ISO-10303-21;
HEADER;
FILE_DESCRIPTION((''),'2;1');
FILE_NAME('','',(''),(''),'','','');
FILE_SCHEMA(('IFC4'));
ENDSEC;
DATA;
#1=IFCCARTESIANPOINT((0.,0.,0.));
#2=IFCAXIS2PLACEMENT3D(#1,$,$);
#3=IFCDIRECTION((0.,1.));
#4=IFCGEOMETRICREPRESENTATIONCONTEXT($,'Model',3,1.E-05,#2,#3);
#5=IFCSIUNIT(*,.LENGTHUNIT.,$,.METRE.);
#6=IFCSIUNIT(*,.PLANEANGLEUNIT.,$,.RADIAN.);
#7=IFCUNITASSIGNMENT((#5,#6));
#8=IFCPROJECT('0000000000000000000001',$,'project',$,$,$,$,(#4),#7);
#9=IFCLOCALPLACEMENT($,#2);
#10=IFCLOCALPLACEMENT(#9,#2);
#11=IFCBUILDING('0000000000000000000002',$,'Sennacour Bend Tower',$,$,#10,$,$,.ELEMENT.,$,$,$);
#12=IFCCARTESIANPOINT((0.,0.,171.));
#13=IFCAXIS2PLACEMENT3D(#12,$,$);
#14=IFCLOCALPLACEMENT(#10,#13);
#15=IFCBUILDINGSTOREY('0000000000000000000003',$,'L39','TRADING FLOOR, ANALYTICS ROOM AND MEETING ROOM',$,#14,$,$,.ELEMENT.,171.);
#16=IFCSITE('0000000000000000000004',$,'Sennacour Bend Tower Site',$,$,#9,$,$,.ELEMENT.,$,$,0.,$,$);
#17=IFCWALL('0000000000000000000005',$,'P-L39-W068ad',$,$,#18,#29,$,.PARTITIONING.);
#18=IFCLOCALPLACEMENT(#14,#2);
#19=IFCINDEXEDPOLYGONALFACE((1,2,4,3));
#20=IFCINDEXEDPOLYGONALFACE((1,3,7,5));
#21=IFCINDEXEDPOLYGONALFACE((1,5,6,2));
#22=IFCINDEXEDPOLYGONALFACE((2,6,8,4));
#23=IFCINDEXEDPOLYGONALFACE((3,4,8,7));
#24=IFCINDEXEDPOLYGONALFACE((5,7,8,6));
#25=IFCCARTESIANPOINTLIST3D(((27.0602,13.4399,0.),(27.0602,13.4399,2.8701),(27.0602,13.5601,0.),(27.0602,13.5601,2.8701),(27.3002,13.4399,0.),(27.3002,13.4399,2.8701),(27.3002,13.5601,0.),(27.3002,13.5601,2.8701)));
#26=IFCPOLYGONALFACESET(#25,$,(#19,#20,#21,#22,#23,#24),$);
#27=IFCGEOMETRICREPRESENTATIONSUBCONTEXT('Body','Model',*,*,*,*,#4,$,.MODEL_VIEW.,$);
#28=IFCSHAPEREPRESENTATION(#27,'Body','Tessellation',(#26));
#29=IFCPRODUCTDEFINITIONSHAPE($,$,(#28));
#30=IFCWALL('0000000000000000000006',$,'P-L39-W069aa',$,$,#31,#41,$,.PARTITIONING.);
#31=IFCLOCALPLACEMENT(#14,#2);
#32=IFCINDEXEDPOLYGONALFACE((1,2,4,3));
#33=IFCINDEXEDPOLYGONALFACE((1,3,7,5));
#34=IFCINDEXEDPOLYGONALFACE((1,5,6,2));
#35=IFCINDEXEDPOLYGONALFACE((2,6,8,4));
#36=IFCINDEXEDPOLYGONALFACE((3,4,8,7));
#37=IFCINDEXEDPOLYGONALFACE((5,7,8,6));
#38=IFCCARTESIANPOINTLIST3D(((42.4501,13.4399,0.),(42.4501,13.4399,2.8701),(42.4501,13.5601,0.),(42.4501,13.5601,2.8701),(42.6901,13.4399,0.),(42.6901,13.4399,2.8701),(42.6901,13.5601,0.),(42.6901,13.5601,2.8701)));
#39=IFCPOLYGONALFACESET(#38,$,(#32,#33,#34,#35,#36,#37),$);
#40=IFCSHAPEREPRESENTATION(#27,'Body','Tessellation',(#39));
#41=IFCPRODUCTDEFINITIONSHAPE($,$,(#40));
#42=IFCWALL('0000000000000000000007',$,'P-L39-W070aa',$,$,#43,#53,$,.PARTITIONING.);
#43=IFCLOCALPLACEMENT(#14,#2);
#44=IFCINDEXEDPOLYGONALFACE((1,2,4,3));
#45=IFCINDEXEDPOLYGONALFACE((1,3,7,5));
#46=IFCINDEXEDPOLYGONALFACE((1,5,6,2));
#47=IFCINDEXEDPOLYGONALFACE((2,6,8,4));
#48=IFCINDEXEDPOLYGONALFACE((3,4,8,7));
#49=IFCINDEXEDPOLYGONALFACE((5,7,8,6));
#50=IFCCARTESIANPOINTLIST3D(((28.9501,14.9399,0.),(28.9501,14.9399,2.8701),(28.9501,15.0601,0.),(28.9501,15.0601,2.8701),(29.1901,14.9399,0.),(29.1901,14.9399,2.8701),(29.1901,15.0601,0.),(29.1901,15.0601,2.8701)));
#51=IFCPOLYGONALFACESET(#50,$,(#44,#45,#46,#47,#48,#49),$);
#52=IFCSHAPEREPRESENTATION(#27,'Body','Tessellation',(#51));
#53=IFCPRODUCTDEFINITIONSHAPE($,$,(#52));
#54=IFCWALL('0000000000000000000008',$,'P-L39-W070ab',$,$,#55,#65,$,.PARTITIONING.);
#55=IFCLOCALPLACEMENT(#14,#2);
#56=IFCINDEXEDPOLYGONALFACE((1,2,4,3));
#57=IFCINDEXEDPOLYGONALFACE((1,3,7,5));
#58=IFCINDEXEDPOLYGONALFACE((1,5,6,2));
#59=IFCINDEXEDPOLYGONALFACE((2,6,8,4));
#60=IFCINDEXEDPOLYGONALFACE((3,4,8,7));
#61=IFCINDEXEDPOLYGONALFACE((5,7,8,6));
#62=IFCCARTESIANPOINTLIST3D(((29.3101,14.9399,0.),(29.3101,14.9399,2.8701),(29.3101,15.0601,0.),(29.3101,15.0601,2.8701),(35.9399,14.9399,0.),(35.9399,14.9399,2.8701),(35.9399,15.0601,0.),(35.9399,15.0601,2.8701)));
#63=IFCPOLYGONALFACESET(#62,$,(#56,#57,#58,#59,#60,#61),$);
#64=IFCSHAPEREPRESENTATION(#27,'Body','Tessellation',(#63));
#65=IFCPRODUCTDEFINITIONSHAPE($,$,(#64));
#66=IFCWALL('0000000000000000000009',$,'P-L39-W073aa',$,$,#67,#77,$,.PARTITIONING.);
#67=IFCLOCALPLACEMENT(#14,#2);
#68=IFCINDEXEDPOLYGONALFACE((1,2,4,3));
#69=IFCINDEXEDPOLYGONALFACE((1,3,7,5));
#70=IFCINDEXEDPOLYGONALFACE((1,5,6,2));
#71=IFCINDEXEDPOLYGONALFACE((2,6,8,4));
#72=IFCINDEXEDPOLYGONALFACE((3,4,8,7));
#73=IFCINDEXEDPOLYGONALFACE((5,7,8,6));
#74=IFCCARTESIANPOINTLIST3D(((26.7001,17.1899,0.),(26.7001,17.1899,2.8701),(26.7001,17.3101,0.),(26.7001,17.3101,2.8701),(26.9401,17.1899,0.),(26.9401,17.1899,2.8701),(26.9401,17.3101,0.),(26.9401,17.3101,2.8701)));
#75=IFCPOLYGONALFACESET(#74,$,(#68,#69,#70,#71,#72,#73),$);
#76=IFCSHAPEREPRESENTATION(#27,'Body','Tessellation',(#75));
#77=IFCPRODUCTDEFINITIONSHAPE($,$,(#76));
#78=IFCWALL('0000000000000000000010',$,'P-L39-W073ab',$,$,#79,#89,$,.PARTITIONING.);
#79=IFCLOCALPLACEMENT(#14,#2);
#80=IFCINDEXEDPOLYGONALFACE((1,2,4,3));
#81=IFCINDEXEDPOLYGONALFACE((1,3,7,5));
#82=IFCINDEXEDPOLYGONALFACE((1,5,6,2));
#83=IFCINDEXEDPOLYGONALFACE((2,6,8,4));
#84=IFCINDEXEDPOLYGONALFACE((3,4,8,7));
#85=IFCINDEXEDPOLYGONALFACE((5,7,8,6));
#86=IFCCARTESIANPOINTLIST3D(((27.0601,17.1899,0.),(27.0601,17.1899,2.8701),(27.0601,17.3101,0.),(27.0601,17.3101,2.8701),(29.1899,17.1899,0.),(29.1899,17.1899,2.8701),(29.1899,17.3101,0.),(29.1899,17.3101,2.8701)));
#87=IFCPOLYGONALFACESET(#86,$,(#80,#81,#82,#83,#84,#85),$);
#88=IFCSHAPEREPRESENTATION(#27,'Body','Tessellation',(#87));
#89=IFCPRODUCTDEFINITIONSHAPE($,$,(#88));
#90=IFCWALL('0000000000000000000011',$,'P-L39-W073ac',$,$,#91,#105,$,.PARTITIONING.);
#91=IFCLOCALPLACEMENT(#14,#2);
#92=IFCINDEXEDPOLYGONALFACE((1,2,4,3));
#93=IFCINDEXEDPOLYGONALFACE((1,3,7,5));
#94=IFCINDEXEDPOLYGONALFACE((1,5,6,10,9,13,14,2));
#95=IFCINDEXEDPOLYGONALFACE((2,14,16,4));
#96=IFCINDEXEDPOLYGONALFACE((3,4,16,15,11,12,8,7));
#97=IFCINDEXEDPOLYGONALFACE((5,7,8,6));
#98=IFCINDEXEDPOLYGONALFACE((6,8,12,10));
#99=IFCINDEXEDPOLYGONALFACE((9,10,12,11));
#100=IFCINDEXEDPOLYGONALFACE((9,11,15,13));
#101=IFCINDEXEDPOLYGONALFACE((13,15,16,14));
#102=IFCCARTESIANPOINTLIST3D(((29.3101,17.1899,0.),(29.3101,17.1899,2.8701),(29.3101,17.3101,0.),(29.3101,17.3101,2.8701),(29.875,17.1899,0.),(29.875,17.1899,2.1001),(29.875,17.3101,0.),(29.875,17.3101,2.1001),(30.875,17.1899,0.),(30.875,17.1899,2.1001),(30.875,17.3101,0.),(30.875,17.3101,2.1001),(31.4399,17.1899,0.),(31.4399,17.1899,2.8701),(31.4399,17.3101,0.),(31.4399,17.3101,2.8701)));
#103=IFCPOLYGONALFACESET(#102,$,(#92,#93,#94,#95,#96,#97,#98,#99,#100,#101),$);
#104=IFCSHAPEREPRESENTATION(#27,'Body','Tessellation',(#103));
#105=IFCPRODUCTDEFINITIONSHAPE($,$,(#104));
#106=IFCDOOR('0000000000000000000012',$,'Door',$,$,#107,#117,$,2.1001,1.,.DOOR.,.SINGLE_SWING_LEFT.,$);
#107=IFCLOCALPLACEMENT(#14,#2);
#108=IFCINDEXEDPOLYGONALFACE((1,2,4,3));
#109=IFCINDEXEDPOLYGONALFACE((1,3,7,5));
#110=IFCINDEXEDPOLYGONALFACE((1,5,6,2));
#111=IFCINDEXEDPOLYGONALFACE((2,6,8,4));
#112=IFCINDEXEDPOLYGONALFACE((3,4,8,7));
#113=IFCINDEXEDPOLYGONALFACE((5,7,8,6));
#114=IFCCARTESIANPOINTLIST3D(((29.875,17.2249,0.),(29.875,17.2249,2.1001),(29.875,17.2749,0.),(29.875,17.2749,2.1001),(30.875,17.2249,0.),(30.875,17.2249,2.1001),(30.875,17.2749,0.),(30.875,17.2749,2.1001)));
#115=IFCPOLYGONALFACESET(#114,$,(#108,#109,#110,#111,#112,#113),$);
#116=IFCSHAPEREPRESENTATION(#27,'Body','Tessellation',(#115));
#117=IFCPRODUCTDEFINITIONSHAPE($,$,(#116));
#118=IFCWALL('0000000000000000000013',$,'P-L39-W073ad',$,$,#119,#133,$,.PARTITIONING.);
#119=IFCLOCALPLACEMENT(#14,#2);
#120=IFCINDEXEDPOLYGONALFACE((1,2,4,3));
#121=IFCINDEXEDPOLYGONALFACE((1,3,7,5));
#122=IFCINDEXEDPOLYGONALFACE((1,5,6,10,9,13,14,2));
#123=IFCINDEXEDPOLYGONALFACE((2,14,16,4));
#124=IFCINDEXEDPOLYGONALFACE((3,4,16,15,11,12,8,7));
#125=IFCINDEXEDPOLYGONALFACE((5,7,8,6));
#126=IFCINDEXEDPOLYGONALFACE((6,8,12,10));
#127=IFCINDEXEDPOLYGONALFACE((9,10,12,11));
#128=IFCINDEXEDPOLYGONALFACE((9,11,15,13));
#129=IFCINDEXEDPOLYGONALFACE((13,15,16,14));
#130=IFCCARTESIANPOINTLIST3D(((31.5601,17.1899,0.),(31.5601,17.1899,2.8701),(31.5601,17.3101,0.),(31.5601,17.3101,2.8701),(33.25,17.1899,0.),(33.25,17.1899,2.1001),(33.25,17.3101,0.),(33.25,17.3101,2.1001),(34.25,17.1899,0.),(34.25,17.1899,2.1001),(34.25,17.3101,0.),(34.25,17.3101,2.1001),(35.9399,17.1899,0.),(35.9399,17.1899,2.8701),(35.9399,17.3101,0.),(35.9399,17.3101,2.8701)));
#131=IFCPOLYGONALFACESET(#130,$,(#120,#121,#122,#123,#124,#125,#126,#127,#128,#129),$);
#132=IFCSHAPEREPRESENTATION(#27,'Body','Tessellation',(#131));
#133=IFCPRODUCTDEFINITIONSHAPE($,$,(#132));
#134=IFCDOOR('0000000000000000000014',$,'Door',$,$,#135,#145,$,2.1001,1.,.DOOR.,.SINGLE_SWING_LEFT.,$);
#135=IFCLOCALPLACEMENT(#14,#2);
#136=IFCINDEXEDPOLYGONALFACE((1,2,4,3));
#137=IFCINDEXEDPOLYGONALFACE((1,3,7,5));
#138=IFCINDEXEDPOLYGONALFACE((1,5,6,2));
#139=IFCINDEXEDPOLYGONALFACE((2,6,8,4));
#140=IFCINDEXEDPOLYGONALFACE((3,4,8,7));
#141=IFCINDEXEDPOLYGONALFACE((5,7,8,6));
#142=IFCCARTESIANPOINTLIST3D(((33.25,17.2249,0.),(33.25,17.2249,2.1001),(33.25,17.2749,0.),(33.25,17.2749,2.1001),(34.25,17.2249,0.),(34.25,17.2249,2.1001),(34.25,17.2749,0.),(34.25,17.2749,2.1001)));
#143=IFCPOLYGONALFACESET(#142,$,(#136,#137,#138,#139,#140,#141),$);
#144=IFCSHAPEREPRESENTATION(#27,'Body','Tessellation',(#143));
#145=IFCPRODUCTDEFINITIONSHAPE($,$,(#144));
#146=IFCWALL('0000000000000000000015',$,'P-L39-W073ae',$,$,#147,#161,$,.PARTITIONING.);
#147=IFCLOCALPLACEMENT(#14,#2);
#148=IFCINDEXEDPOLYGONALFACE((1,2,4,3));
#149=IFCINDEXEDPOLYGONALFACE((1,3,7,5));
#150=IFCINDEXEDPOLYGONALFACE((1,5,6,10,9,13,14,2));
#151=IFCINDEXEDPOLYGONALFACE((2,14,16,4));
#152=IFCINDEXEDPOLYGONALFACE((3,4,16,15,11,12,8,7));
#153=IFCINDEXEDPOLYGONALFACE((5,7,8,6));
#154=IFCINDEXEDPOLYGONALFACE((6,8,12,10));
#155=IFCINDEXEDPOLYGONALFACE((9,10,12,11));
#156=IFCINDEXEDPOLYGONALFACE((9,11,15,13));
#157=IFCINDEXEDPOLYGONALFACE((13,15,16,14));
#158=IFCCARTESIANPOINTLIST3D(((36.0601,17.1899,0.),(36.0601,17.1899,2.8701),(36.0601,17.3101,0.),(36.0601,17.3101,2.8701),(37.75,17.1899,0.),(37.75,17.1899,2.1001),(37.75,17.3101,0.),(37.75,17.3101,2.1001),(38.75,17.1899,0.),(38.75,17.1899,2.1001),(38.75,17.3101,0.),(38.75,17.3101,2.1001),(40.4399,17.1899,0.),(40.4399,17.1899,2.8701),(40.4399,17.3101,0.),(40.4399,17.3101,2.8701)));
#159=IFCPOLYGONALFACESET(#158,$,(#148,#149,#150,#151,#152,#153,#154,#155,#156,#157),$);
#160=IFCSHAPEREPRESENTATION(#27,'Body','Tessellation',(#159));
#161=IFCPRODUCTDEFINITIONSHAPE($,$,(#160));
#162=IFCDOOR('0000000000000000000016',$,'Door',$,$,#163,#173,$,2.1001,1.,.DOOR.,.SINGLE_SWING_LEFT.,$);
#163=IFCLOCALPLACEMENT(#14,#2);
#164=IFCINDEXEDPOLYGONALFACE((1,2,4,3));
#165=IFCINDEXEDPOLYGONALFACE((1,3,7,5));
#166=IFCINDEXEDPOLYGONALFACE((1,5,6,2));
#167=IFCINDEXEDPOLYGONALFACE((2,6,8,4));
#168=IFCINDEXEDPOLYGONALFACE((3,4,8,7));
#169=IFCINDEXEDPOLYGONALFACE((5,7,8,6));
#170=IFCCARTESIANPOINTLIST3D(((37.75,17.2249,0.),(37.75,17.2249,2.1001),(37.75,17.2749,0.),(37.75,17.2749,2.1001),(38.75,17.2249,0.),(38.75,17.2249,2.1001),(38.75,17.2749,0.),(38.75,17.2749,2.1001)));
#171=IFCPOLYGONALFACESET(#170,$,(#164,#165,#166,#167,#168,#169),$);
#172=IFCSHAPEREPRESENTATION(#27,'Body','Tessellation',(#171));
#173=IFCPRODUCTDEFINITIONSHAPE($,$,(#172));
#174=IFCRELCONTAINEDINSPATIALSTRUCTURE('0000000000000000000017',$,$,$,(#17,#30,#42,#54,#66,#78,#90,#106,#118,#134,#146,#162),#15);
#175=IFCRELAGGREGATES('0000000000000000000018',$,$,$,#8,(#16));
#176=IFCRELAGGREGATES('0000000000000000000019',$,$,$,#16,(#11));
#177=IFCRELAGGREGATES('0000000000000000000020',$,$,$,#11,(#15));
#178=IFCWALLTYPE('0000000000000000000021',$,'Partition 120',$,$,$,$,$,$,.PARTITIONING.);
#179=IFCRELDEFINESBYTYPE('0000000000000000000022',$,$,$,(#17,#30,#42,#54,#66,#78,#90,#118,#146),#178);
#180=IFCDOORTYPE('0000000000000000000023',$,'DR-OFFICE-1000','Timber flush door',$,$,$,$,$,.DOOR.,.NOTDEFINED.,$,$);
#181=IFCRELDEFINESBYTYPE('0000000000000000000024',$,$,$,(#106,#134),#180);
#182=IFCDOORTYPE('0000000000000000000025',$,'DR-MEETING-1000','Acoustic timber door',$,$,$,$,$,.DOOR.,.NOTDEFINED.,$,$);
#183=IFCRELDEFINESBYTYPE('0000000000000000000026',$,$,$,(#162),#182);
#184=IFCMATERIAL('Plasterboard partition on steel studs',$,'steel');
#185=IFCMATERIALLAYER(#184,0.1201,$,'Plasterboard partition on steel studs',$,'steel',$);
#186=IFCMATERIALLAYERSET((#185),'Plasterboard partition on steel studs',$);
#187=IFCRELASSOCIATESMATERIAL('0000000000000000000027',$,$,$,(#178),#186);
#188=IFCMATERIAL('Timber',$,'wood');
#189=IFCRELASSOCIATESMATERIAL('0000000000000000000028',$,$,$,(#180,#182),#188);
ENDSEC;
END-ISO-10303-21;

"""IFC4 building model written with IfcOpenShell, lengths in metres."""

from ifc_helpers import new_model, si_unit, direction, frame, frame_2d, origin, place, context, subcontext, project, spatial, rectangle, extrude, material, layer, layer_set, type_object, element, fill, save


model = new_model("IFC4")

# Units and contexts
model_context = context("Model", 3, precision=1e-05, world=origin(), true_north=direction((0.0, 1.0)))
body_context = subcontext(model_context, "Body", "Model", "MODEL_VIEW")
ifc_project = project(units=[si_unit("LENGTHUNIT", "METRE"), si_unit("PLANEANGLEUNIT", "RADIAN")], contexts=[model_context])

# Site, building, storey
site_placement = place(None, origin())
site = spatial("IfcSite", under=ifc_project, at=site_placement, Name="Sennacour Bend Tower Site", CompositionType="ELEMENT", RefElevation=0.0)
building_placement = place(site_placement, origin())
building = spatial("IfcBuilding", under=site, at=building_placement, Name="Sennacour Bend Tower", CompositionType="ELEMENT")
storey_placement = place(building_placement, frame((0.0, 0.0, 171.0)))
storey = spatial("IfcBuildingStorey", under=building, at=storey_placement, Name="L39", Description="TRADING FLOOR, ANALYTICS ROOM AND MEETING ROOM", CompositionType="ELEMENT", Elevation=171.0)

# Walls
ifc_material_1 = material(Name="Plasterboard partition on steel studs", Category="steel")
ifc_layer_1 = layer(ifc_material_1, 0.1201, Name="Plasterboard partition on steel studs", Category="steel")
ifc_layer_set_1 = layer_set([ifc_layer_1], Name="Plasterboard partition on steel studs")
wall_type_1 = type_object("IfcWallType", Name="Partition 120", PredefinedType="PARTITIONING", material=ifc_layer_set_1)
for number, where, z_axis, x_axis, name in (
    (1, (27.0601, 13.5, 0.0), (0.0, 0.0, 1.0), (1.0, 0.0, 0.0), "P-L39-W068ad"),
    (2, (42.45, 13.5, 0.0), (0.0, 0.0, 1.0), (1.0, 0.0, 0.0), "P-L39-W069aa"),
    (3, (28.95, 15.0, 0.0), (0.0, 0.0, 1.0), (1.0, 0.0, 0.0), "P-L39-W070aa"),
):
    element("IfcWall", number, at=place(storey_placement, frame(where, z_axis=z_axis, x_axis=x_axis)), inside=storey, type_object=wall_type_1, Name=name, PredefinedType="PARTITIONING", context=body_context, shape_type="SweptSolid", body=[
        extrude(rectangle(XDim=0.24, YDim=0.1201, at=frame_2d((0.1201, 0.0))), origin(), (0.0, 0.0, 1.0), 2.8701),
    ])
wall_1_placement = place(storey_placement, frame((29.3101, 15.0, 0.0), z_axis=(0.0, 0.0, 1.0), x_axis=(1.0, 0.0, 0.0)))
element("IfcWall", 4, at=wall_1_placement, inside=storey, type_object=wall_type_1, Name="P-L39-W070ab", PredefinedType="PARTITIONING", context=body_context, shape_type="SweptSolid", body=[
    extrude(rectangle(XDim=6.6299, YDim=0.1201, at=frame_2d((3.3149, 0.0))), origin(), (0.0, 0.0, 1.0), 2.8701),
])
wall_2_placement = place(storey_placement, frame((26.7, 17.25, 0.0), z_axis=(0.0, 0.0, 1.0), x_axis=(1.0, 0.0, 0.0)))
element("IfcWall", 5, at=wall_2_placement, inside=storey, type_object=wall_type_1, Name="P-L39-W073aa", PredefinedType="PARTITIONING", context=body_context, shape_type="SweptSolid", body=[
    extrude(rectangle(XDim=0.24, YDim=0.1201, at=frame_2d((0.1201, 0.0))), origin(), (0.0, 0.0, 1.0), 2.8701),
])
wall_3_placement = place(storey_placement, frame((27.0601, 17.25, 0.0), z_axis=(0.0, 0.0, 1.0), x_axis=(1.0, 0.0, 0.0)))
element("IfcWall", 6, at=wall_3_placement, inside=storey, type_object=wall_type_1, Name="P-L39-W073ab", PredefinedType="PARTITIONING", context=body_context, shape_type="SweptSolid", body=[
    extrude(rectangle(XDim=2.1299, YDim=0.1201, at=frame_2d((1.0649, 0.0))), origin(), (0.0, 0.0, 1.0), 2.8701),
])

# Walls, openings, doors
wall_4_placement = place(storey_placement, frame((29.3101, 17.25, 0.0), z_axis=(0.0, 0.0, 1.0), x_axis=(1.0, 0.0, 0.0)))
wall_4 = element("IfcWall", 7, at=wall_4_placement, inside=storey, type_object=wall_type_1, Name="P-L39-W073ac", PredefinedType="PARTITIONING", context=body_context, shape_type="SweptSolid", body=[
    extrude(rectangle(XDim=2.1299, YDim=0.1201, at=frame_2d((1.0649, 0.0))), origin(), (0.0, 0.0, 1.0), 2.8701),
])
opening_1_placement = place(wall_4_placement, frame((0.5649, 0.0, 0.0)))
opening_1 = element("IfcOpeningElement", 8, at=opening_1_placement, cuts=wall_4, PredefinedType="OPENING", context=body_context, shape_type="SweptSolid", body=[
    extrude(rectangle(XDim=1.0, YDim=2.1001, at=frame_2d((0.5, 1.05))), frame((0.0, 0.0701, 0.0), z_axis=(0.0, -1.0, 0.0), x_axis=(1.0, 0.0, 0.0)), (0.0, 0.0, 1.0), 0.1401),
])
ifc_material_2 = material(Name="Timber", Category="wood")
door_type_1 = type_object("IfcDoorType", Name="DR-OFFICE-1000", Description="Timber flush door", OperationType="NOTDEFINED", PredefinedType="DOOR", material=ifc_material_2)
door_1_placement = place(opening_1_placement, origin())
door_1 = element("IfcDoor", 9, at=door_1_placement, inside=storey, type_object=door_type_1, Name="Door", OperationType="SINGLE_SWING_LEFT", OverallHeight=2.1001, OverallWidth=1.0, PredefinedType="DOOR", context=body_context, shape_type="SweptSolid", body=[
    extrude(rectangle(XDim=1.0, YDim=2.1001, at=frame_2d((0.5, 1.05))), frame((0.0, 0.0249, 0.0), z_axis=(0.0, -1.0, 0.0), x_axis=(1.0, 0.0, 0.0)), (0.0, 0.0, 1.0), 0.05),
])
fill(opening_1, door_1)
wall_5_placement = place(storey_placement, frame((31.5601, 17.25, 0.0), z_axis=(0.0, 0.0, 1.0), x_axis=(1.0, 0.0, 0.0)))
wall_5 = element("IfcWall", 10, at=wall_5_placement, inside=storey, type_object=wall_type_1, Name="P-L39-W073ad", PredefinedType="PARTITIONING", context=body_context, shape_type="SweptSolid", body=[
    extrude(rectangle(XDim=4.3799, YDim=0.1201, at=frame_2d((2.1899, 0.0))), origin(), (0.0, 0.0, 1.0), 2.8701),
])
opening_2_placement = place(wall_5_placement, frame((1.6899, 0.0, 0.0)))
opening_2 = element("IfcOpeningElement", 11, at=opening_2_placement, cuts=wall_5, PredefinedType="OPENING", context=body_context, shape_type="SweptSolid", body=[
    extrude(rectangle(XDim=1.0, YDim=2.1001, at=frame_2d((0.5, 1.05))), frame((0.0, 0.0701, 0.0), z_axis=(0.0, -1.0, 0.0), x_axis=(1.0, 0.0, 0.0)), (0.0, 0.0, 1.0), 0.1401),
])
door_2_placement = place(opening_2_placement, origin())
door_2 = element("IfcDoor", 12, at=door_2_placement, inside=storey, type_object=door_type_1, Name="Door", OperationType="SINGLE_SWING_LEFT", OverallHeight=2.1001, OverallWidth=1.0, PredefinedType="DOOR", context=body_context, shape_type="SweptSolid", body=[
    extrude(rectangle(XDim=1.0, YDim=2.1001, at=frame_2d((0.5, 1.05))), frame((0.0, 0.0249, 0.0), z_axis=(0.0, -1.0, 0.0), x_axis=(1.0, 0.0, 0.0)), (0.0, 0.0, 1.0), 0.05),
])
fill(opening_2, door_2)
wall_6_placement = place(storey_placement, frame((36.0601, 17.25, 0.0), z_axis=(0.0, 0.0, 1.0), x_axis=(1.0, 0.0, 0.0)))
wall_6 = element("IfcWall", 13, at=wall_6_placement, inside=storey, type_object=wall_type_1, Name="P-L39-W073ae", PredefinedType="PARTITIONING", context=body_context, shape_type="SweptSolid", body=[
    extrude(rectangle(XDim=4.3799, YDim=0.1201, at=frame_2d((2.1899, 0.0))), origin(), (0.0, 0.0, 1.0), 2.8701),
])
opening_3_placement = place(wall_6_placement, frame((1.6899, 0.0, 0.0)))
opening_3 = element("IfcOpeningElement", 14, at=opening_3_placement, cuts=wall_6, PredefinedType="OPENING", context=body_context, shape_type="SweptSolid", body=[
    extrude(rectangle(XDim=1.0, YDim=2.1001, at=frame_2d((0.5, 1.05))), frame((0.0, 0.0701, 0.0), z_axis=(0.0, -1.0, 0.0), x_axis=(1.0, 0.0, 0.0)), (0.0, 0.0, 1.0), 0.1401),
])
door_type_2 = type_object("IfcDoorType", Name="DR-MEETING-1000", Description="Acoustic timber door", OperationType="NOTDEFINED", PredefinedType="DOOR", material=ifc_material_2)
door_3_placement = place(opening_3_placement, origin())
door_3 = element("IfcDoor", 15, at=door_3_placement, inside=storey, type_object=door_type_2, Name="Door", OperationType="SINGLE_SWING_LEFT", OverallHeight=2.1001, OverallWidth=1.0, PredefinedType="DOOR", context=body_context, shape_type="SweptSolid", body=[
    extrude(rectangle(XDim=1.0, YDim=2.1001, at=frame_2d((0.5, 1.05))), frame((0.0, 0.0249, 0.0), z_axis=(0.0, -1.0, 0.0), x_axis=(1.0, 0.0, 0.0)), (0.0, 0.0, 1.0), 0.05),
])
fill(opening_3, door_3)

save(model, "model.ifc")
